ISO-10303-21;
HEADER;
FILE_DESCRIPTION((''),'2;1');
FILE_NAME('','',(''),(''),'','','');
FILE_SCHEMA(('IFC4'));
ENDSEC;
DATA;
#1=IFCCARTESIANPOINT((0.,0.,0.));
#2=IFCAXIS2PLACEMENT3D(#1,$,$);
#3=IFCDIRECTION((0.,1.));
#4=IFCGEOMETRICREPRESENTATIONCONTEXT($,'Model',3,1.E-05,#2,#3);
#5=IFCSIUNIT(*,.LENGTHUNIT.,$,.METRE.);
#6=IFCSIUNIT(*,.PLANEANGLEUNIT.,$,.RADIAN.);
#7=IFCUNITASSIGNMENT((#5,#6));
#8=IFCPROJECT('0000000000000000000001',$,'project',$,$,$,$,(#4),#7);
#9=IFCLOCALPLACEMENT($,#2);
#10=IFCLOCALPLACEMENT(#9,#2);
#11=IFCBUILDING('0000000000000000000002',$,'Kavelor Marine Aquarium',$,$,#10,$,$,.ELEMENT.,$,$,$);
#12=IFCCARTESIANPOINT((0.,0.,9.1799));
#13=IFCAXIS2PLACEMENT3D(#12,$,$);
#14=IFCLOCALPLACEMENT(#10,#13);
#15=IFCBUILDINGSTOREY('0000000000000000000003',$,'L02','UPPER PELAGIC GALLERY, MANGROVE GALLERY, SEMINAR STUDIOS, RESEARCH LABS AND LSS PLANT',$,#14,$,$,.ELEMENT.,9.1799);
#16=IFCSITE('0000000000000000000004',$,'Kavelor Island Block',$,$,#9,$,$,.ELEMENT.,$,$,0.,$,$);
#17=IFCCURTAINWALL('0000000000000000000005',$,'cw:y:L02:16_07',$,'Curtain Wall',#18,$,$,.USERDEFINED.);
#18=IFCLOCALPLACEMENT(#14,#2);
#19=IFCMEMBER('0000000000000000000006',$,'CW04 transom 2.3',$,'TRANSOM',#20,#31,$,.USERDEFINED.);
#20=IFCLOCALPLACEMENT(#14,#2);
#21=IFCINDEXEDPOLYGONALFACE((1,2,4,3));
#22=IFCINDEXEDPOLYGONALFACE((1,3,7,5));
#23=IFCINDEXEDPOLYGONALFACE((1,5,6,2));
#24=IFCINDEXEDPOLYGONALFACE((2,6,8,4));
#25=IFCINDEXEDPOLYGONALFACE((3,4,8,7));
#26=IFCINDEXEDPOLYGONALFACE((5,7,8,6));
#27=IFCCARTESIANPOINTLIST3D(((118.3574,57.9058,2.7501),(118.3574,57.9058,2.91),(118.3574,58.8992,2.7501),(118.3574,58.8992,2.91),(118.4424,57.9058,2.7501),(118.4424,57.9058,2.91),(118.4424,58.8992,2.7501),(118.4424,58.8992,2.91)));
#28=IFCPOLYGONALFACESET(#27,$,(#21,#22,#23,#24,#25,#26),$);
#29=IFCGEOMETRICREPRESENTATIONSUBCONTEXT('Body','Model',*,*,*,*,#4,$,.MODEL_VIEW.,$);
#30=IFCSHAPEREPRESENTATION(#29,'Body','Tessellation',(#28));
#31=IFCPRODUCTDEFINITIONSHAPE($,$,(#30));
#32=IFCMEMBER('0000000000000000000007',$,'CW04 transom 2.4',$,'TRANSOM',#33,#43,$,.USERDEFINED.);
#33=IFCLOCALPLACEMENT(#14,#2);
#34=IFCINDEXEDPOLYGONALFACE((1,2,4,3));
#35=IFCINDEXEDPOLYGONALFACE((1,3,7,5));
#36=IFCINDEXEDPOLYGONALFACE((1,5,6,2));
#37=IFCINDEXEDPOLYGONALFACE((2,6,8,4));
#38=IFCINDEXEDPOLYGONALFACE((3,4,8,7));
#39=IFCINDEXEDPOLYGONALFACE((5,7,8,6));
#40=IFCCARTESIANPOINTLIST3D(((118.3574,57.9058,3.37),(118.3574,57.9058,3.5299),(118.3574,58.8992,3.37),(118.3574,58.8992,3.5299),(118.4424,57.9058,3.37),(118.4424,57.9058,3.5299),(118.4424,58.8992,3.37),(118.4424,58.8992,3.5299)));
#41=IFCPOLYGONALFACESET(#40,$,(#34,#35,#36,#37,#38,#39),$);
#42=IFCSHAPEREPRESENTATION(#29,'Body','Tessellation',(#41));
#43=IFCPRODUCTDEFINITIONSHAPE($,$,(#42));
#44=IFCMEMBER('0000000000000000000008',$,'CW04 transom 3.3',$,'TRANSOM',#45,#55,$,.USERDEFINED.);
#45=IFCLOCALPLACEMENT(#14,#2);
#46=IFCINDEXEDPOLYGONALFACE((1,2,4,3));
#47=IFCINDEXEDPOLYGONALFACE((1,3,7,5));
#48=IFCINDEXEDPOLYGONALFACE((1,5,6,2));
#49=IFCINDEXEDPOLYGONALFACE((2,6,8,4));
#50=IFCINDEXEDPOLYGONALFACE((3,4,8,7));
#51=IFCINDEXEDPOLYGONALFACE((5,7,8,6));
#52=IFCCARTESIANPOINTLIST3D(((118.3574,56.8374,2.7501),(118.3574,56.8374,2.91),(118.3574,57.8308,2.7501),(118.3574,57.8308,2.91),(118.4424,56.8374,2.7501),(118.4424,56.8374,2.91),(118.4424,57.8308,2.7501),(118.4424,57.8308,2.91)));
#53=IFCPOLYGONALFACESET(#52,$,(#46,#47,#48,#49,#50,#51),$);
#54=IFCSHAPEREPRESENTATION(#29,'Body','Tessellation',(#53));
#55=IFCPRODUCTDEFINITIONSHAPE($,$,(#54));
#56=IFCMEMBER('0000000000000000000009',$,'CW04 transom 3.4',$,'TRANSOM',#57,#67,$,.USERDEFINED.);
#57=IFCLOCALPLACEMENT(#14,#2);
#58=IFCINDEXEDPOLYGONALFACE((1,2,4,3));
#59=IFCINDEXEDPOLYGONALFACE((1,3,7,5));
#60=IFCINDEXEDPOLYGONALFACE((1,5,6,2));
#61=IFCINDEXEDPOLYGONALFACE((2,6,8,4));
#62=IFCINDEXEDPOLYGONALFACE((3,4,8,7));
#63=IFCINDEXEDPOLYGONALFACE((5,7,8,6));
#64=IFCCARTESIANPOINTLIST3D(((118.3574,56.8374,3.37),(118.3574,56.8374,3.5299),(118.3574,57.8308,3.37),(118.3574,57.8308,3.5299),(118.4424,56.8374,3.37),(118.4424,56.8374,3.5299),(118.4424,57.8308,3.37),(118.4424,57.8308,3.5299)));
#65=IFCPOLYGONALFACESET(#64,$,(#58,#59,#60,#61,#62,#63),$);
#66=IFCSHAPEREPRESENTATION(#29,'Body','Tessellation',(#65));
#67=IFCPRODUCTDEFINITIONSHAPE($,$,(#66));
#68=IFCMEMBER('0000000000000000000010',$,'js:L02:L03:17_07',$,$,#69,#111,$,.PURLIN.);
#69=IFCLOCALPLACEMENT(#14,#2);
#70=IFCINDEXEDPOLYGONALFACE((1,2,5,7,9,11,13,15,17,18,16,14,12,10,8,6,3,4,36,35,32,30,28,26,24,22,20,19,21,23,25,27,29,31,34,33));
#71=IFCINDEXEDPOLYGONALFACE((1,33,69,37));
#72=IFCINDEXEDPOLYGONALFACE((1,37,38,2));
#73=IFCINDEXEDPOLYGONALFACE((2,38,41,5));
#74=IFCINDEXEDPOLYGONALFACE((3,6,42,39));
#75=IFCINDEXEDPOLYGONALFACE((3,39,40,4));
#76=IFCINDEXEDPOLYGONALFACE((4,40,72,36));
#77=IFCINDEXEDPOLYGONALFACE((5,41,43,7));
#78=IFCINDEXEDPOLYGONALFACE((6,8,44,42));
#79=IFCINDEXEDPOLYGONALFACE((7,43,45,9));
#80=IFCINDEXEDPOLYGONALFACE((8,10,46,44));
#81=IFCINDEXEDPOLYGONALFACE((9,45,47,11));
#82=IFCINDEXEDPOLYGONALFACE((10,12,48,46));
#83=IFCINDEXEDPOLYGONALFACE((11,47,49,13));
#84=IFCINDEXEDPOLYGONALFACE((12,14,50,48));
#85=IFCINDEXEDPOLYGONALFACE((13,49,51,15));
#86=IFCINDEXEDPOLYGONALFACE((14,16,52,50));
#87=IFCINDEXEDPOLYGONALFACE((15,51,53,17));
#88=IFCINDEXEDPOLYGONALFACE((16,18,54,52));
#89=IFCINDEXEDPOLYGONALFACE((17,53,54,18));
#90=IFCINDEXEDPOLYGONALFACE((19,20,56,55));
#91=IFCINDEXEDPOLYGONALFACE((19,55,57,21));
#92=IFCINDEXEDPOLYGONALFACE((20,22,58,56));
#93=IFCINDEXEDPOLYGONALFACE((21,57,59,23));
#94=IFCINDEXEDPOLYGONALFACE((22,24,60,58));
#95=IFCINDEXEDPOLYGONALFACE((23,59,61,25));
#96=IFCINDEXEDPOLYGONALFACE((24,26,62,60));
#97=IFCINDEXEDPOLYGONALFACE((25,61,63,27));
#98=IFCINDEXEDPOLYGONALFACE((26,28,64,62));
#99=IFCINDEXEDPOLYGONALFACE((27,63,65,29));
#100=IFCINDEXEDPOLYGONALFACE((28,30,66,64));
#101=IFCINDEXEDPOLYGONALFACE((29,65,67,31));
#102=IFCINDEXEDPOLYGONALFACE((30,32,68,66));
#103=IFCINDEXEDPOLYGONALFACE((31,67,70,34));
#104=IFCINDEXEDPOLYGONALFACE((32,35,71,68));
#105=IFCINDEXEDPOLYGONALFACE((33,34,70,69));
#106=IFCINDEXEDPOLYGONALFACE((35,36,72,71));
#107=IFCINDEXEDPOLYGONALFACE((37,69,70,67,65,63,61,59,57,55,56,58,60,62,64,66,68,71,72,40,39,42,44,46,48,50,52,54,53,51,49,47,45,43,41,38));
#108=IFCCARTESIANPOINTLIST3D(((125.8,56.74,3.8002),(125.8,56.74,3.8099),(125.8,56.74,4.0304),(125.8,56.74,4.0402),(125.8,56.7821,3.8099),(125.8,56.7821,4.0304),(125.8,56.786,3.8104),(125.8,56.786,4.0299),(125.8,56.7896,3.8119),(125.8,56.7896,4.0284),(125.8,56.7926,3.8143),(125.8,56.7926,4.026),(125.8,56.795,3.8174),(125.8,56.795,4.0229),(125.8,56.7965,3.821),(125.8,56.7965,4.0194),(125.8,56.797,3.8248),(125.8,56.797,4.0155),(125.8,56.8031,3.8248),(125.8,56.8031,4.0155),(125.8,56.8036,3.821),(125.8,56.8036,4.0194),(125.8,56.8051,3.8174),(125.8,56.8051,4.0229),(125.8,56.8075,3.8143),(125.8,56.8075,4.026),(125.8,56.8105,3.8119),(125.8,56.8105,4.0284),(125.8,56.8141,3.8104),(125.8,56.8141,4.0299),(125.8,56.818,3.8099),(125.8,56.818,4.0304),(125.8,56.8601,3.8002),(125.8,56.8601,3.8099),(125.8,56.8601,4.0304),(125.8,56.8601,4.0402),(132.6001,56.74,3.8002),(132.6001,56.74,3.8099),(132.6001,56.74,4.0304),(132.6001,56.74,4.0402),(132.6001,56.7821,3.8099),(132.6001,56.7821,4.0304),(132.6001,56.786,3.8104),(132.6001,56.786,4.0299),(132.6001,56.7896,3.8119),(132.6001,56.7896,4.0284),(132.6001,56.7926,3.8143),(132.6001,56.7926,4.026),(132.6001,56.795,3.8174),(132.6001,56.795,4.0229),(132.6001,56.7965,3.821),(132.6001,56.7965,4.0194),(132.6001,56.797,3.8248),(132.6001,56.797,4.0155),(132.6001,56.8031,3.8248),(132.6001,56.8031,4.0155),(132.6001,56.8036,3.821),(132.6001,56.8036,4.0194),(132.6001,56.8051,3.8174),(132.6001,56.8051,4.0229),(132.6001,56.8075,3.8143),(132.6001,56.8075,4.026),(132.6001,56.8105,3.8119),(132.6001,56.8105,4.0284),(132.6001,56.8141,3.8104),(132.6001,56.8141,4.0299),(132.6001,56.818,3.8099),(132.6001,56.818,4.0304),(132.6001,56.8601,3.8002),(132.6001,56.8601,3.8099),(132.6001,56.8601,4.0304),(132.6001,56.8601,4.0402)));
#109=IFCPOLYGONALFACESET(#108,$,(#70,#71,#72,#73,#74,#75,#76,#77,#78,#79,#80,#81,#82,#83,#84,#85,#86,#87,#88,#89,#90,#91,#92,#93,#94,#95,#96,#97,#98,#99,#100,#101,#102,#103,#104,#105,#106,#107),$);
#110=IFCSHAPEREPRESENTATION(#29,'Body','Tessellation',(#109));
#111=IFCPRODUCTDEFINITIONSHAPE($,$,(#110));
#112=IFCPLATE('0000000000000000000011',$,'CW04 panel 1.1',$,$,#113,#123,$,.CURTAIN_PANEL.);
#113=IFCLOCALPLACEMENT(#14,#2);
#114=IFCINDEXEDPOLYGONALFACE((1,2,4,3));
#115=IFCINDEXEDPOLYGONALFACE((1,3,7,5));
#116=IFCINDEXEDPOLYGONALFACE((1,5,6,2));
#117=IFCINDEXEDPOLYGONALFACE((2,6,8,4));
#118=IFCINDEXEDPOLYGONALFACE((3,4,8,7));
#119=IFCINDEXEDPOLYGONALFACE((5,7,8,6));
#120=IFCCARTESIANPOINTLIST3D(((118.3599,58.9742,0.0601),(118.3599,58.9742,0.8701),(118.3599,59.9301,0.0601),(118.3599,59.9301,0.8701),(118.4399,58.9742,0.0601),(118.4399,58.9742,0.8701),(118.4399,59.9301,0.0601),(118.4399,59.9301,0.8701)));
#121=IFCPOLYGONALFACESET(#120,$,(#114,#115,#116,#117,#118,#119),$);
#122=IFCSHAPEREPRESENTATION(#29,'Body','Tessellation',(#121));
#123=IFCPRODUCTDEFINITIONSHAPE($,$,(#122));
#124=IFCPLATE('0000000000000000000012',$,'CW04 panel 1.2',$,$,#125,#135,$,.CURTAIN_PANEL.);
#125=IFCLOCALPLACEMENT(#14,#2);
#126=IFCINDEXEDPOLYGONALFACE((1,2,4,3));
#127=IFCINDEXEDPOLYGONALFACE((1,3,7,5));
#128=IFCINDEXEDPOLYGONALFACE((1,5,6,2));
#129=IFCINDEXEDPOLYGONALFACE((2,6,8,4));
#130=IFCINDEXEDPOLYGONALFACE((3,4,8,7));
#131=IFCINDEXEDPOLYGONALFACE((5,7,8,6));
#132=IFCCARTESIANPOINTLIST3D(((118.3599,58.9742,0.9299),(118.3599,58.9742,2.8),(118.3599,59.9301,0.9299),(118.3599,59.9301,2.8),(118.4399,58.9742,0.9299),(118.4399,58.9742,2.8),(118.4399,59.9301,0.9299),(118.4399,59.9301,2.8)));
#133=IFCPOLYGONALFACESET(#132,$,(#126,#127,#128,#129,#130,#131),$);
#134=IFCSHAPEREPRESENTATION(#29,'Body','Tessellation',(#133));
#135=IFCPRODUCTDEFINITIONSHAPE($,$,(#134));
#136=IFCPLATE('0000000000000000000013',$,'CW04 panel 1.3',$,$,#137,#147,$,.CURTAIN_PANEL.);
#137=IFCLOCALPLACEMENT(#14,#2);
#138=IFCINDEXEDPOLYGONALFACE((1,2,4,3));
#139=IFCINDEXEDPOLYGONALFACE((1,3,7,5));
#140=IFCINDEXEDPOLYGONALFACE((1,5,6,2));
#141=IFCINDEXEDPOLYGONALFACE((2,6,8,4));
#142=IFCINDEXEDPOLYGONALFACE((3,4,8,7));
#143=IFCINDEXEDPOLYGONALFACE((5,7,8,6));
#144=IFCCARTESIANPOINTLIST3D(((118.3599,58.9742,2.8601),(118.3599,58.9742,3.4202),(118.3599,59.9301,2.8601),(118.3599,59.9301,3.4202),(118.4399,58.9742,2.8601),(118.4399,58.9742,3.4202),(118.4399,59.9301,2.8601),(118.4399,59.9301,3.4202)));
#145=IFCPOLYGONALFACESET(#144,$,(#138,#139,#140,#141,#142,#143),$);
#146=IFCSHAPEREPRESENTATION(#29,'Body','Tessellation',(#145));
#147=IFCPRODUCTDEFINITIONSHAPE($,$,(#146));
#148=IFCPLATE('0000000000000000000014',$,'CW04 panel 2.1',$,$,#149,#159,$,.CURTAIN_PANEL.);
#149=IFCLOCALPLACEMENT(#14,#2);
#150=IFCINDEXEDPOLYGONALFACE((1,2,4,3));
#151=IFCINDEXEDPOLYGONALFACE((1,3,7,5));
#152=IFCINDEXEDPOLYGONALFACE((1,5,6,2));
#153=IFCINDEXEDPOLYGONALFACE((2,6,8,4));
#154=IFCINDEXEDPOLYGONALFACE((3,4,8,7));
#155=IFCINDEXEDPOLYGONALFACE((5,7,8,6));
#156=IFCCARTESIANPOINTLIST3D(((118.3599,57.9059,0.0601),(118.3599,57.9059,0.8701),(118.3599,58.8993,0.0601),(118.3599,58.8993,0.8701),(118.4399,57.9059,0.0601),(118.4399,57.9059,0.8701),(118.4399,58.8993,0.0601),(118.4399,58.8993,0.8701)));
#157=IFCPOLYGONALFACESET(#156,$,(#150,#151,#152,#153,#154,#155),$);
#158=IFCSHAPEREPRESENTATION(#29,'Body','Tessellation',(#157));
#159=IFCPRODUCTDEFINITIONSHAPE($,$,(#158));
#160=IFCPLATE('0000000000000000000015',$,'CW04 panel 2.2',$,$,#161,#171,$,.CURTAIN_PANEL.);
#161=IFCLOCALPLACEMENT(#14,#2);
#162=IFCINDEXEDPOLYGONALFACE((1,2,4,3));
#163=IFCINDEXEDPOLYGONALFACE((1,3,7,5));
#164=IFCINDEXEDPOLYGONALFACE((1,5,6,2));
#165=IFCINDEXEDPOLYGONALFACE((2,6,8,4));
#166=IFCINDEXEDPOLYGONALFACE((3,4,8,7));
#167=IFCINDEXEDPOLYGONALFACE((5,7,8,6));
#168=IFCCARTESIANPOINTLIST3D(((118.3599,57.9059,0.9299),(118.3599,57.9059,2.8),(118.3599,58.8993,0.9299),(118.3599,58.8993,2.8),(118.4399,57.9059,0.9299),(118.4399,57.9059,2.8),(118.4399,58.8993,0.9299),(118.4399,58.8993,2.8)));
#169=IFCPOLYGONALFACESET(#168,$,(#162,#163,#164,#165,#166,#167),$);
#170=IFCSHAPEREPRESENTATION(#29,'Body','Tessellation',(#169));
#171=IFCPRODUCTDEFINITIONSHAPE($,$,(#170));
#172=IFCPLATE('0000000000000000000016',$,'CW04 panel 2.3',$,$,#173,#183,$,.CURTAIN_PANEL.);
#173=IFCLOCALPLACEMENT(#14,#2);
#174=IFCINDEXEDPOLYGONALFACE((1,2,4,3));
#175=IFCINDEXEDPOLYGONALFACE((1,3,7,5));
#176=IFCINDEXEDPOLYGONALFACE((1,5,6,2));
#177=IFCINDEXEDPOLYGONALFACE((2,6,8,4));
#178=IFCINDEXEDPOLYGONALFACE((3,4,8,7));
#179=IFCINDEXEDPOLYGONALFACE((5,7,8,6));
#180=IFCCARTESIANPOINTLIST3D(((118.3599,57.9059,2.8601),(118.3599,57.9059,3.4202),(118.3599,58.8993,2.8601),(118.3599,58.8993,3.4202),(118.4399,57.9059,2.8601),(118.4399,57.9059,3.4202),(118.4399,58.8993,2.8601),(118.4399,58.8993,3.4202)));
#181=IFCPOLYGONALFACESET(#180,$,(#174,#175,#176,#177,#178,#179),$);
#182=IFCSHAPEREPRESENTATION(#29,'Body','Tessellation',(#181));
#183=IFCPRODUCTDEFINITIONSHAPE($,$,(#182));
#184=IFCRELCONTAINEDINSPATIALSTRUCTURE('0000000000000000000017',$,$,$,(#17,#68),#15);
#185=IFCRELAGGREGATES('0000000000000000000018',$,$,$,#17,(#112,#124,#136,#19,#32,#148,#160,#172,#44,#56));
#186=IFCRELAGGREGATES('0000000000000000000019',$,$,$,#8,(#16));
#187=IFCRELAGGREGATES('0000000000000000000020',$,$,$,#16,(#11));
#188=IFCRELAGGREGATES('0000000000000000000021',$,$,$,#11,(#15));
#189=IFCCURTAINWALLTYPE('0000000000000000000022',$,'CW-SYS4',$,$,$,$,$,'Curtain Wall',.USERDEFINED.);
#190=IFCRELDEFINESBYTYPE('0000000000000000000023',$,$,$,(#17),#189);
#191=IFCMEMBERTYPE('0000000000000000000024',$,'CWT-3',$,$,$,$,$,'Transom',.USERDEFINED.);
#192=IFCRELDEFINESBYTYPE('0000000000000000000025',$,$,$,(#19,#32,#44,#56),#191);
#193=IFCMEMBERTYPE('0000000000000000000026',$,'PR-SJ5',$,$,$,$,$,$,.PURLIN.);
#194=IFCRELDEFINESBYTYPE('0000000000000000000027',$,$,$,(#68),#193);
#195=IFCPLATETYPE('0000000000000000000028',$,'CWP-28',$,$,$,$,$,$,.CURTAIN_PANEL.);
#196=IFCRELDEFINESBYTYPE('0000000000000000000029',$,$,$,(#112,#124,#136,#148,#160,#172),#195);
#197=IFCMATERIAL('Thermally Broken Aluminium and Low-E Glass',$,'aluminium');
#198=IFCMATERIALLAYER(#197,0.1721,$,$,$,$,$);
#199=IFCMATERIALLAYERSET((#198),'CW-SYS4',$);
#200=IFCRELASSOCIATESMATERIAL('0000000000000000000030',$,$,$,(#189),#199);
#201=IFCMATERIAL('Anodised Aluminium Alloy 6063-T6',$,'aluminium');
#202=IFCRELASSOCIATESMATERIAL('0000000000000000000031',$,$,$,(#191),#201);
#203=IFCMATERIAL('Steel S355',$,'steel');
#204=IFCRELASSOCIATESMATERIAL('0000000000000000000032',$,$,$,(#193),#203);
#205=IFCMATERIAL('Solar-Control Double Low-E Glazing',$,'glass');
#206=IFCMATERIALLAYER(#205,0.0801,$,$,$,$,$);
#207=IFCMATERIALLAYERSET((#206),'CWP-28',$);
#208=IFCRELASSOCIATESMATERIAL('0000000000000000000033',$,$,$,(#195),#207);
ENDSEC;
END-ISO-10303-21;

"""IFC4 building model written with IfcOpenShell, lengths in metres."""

from ifc_helpers import new_model, si_unit, direction, frame, origin, origin_2d, place, context, subcontext, project, spatial, rectangle, i_section, extrude, material, layer, layer_set, material_profile, profile_set, type_object, element, aggregate, save


model = new_model("IFC4")

# Units and contexts
model_context = context("Model", 3, precision=1e-05, world=origin(), true_north=direction((0.0, 1.0)))
body_context = subcontext(model_context, "Body", "Model", "MODEL_VIEW")
ifc_project = project(units=[si_unit("LENGTHUNIT", "METRE"), si_unit("PLANEANGLEUNIT", "RADIAN")], contexts=[model_context])

# Site, building, storey
site_placement = place(None, origin())
site = spatial("IfcSite", under=ifc_project, at=site_placement, Name="Kavelor Island Block", CompositionType="ELEMENT", RefElevation=0.0)
building_placement = place(site_placement, origin())
building = spatial("IfcBuilding", under=site, at=building_placement, Name="Kavelor Marine Aquarium", CompositionType="ELEMENT")
storey_placement = place(building_placement, frame((0.0, 0.0, 9.1799)))
storey = spatial("IfcBuildingStorey", under=building, at=storey_placement, Name="L02", Description="UPPER PELAGIC GALLERY, MANGROVE GALLERY, SEMINAR STUDIOS, RESEARCH LABS AND LSS PLANT", CompositionType="ELEMENT", Elevation=9.1799)

# Curtain wall, members
ifc_material_1 = material(Name="Thermally Broken Aluminium and Low-E Glass", Category="aluminium")
ifc_layer_1 = layer(ifc_material_1, 0.1721)
ifc_layer_set_1 = layer_set([ifc_layer_1], Name="CW-SYS4")
curtain_wall_type = type_object("IfcCurtainWallType", Name="CW-SYS4", ElementType="Curtain Wall", PredefinedType="USERDEFINED", material=ifc_layer_set_1)
curtain_wall_placement = place(storey_placement, origin())
curtain_wall = element("IfcCurtainWall", 1, at=curtain_wall_placement, inside=storey, type_object=curtain_wall_type, Name="cw:y:L02:16_07", ObjectType="Curtain Wall", PredefinedType="USERDEFINED")
ifc_material_2 = material(Name="Anodised Aluminium Alloy 6063-T6", Category="aluminium")
ifc_material_profile_1 = material_profile(ifc_material_2, rectangle(XDim=0.085, YDim=0.1599, at=origin_2d()), Name="CW-TRN 85x160")
ifc_profile_set_1 = profile_set([ifc_material_profile_1], Name="Anodised Aluminium Alloy 6063-T6")
member_type_1 = type_object("IfcMemberType", Name="CWT-3", ElementType="Transom", PredefinedType="USERDEFINED", material=ifc_profile_set_1)
member_1_placement = place(storey_placement, frame((118.3999, 58.8992, 2.8301), z_axis=(0.0, -1.0, 0.0), x_axis=(1.0, 0.0, 0.0)))
member_1 = element("IfcMember", 2, at=member_1_placement, type_object=member_type_1, Name="CW04 transom 2.3", ObjectType="TRANSOM", PredefinedType="USERDEFINED", context=body_context, shape_type="SweptSolid", body=[
    extrude(rectangle(XDim=0.085, YDim=0.1599, at=origin_2d()), origin(), (0.0, 0.0, 1.0), 0.9934),
])
member_2_placement = place(storey_placement, frame((118.3999, 58.8992, 3.45), z_axis=(0.0, -1.0, 0.0), x_axis=(1.0, 0.0, 0.0)))
member_2 = element("IfcMember", 3, at=member_2_placement, type_object=member_type_1, Name="CW04 transom 2.4", ObjectType="TRANSOM", PredefinedType="USERDEFINED", context=body_context, shape_type="SweptSolid", body=[
    extrude(rectangle(XDim=0.085, YDim=0.1599, at=origin_2d()), origin(), (0.0, 0.0, 1.0), 0.9934),
])
member_3_placement = place(storey_placement, frame((118.3999, 57.8308, 2.8301), z_axis=(0.0, -1.0, 0.0), x_axis=(1.0, 0.0, 0.0)))
member_3 = element("IfcMember", 4, at=member_3_placement, type_object=member_type_1, Name="CW04 transom 3.3", ObjectType="TRANSOM", PredefinedType="USERDEFINED", context=body_context, shape_type="SweptSolid", body=[
    extrude(rectangle(XDim=0.085, YDim=0.1599, at=origin_2d()), origin(), (0.0, 0.0, 1.0), 0.9934),
])
member_4_placement = place(storey_placement, frame((118.3999, 57.8308, 3.45), z_axis=(0.0, -1.0, 0.0), x_axis=(1.0, 0.0, 0.0)))
member_4 = element("IfcMember", 5, at=member_4_placement, type_object=member_type_1, Name="CW04 transom 3.4", ObjectType="TRANSOM", PredefinedType="USERDEFINED", context=body_context, shape_type="SweptSolid", body=[
    extrude(rectangle(XDim=0.085, YDim=0.1599, at=origin_2d()), origin(), (0.0, 0.0, 1.0), 0.9934),
])

# Member
ifc_material_3 = material(Name="Steel S355", Category="steel")
ifc_material_profile_2 = material_profile(ifc_material_3, i_section(OverallWidth=0.1201, OverallDepth=0.24, WebThickness=0.0061, FlangeThickness=0.0098, FilletRadius=0.0149, at=origin_2d()), Name="IPE 240")
ifc_profile_set_2 = profile_set([ifc_material_profile_2], Name="Steel S355")
member_type_2 = type_object("IfcMemberType", Name="PR-SJ5", PredefinedType="PURLIN", material=ifc_profile_set_2)
member_5_placement = place(storey_placement, frame((125.8, 56.8, 3.9202), z_axis=(1.0, 0.0, 0.0), x_axis=(0.0, 1.0, 0.0)))
element("IfcMember", 6, at=member_5_placement, inside=storey, type_object=member_type_2, Name="js:L02:L03:17_07", PredefinedType="PURLIN", context=body_context, shape_type="SweptSolid", body=[
    extrude(i_section(OverallWidth=0.1201, OverallDepth=0.24, WebThickness=0.0061, FlangeThickness=0.0098, FilletRadius=0.0149, at=origin_2d()), origin(), (0.0, 0.0, 1.0), 6.8),
])

# Plates
ifc_material_4 = material(Name="Solar-Control Double Low-E Glazing", Category="glass")
ifc_layer_2 = layer(ifc_material_4, 0.0801)
ifc_layer_set_2 = layer_set([ifc_layer_2], Name="CWP-28")
plate_type = type_object("IfcPlateType", Name="CWP-28", PredefinedType="CURTAIN_PANEL", material=ifc_layer_set_2)
plate_1_placement = place(storey_placement, frame((118.3999, 59.4521, 0.0601), z_axis=(0.0, 0.0, 1.0), x_axis=(0.0, -1.0, 0.0)))
plate_1 = element("IfcPlate", 7, at=plate_1_placement, type_object=plate_type, Name="CW04 panel 1.1", PredefinedType="CURTAIN_PANEL", context=body_context, shape_type="SweptSolid", body=[
    extrude(rectangle(XDim=0.9558, YDim=0.0801, at=origin_2d()), origin(), (0.0, 0.0, 1.0), 0.8101),
])
plate_2_placement = place(storey_placement, frame((118.3999, 59.4521, 0.9299), z_axis=(0.0, 0.0, 1.0), x_axis=(0.0, -1.0, 0.0)))
plate_2 = element("IfcPlate", 8, at=plate_2_placement, type_object=plate_type, Name="CW04 panel 1.2", PredefinedType="CURTAIN_PANEL", context=body_context, shape_type="SweptSolid", body=[
    extrude(rectangle(XDim=0.9558, YDim=0.0801, at=origin_2d()), origin(), (0.0, 0.0, 1.0), 1.8701),
])
plate_3_placement = place(storey_placement, frame((118.3999, 59.4521, 2.8601), z_axis=(0.0, 0.0, 1.0), x_axis=(0.0, -1.0, 0.0)))
plate_3 = element("IfcPlate", 9, at=plate_3_placement, type_object=plate_type, Name="CW04 panel 1.3", PredefinedType="CURTAIN_PANEL", context=body_context, shape_type="SweptSolid", body=[
    extrude(rectangle(XDim=0.9558, YDim=0.0801, at=origin_2d()), origin(), (0.0, 0.0, 1.0), 0.5601),
])
plate_4_placement = place(storey_placement, frame((118.3999, 58.4026, 0.0601), z_axis=(0.0, 0.0, 1.0), x_axis=(0.0, -1.0, 0.0)))
plate_4 = element("IfcPlate", 10, at=plate_4_placement, type_object=plate_type, Name="CW04 panel 2.1", PredefinedType="CURTAIN_PANEL", context=body_context, shape_type="SweptSolid", body=[
    extrude(rectangle(XDim=0.9934, YDim=0.0801, at=origin_2d()), origin(), (0.0, 0.0, 1.0), 0.8101),
])
plate_5_placement = place(storey_placement, frame((118.3999, 58.4026, 0.9299), z_axis=(0.0, 0.0, 1.0), x_axis=(0.0, -1.0, 0.0)))
plate_5 = element("IfcPlate", 11, at=plate_5_placement, type_object=plate_type, Name="CW04 panel 2.2", PredefinedType="CURTAIN_PANEL", context=body_context, shape_type="SweptSolid", body=[
    extrude(rectangle(XDim=0.9934, YDim=0.0801, at=origin_2d()), origin(), (0.0, 0.0, 1.0), 1.8701),
])
plate_6_placement = place(storey_placement, frame((118.3999, 58.4026, 2.8601), z_axis=(0.0, 0.0, 1.0), x_axis=(0.0, -1.0, 0.0)))
plate_6 = element("IfcPlate", 12, at=plate_6_placement, type_object=plate_type, Name="CW04 panel 2.3", PredefinedType="CURTAIN_PANEL", context=body_context, shape_type="SweptSolid", body=[
    extrude(rectangle(XDim=0.9934, YDim=0.0801, at=origin_2d()), origin(), (0.0, 0.0, 1.0), 0.5601),
])
aggregate(curtain_wall, [plate_1, plate_2, plate_3, member_1, member_2, plate_4, plate_5, plate_6, member_3, member_4])

save(model, "model.ifc")
